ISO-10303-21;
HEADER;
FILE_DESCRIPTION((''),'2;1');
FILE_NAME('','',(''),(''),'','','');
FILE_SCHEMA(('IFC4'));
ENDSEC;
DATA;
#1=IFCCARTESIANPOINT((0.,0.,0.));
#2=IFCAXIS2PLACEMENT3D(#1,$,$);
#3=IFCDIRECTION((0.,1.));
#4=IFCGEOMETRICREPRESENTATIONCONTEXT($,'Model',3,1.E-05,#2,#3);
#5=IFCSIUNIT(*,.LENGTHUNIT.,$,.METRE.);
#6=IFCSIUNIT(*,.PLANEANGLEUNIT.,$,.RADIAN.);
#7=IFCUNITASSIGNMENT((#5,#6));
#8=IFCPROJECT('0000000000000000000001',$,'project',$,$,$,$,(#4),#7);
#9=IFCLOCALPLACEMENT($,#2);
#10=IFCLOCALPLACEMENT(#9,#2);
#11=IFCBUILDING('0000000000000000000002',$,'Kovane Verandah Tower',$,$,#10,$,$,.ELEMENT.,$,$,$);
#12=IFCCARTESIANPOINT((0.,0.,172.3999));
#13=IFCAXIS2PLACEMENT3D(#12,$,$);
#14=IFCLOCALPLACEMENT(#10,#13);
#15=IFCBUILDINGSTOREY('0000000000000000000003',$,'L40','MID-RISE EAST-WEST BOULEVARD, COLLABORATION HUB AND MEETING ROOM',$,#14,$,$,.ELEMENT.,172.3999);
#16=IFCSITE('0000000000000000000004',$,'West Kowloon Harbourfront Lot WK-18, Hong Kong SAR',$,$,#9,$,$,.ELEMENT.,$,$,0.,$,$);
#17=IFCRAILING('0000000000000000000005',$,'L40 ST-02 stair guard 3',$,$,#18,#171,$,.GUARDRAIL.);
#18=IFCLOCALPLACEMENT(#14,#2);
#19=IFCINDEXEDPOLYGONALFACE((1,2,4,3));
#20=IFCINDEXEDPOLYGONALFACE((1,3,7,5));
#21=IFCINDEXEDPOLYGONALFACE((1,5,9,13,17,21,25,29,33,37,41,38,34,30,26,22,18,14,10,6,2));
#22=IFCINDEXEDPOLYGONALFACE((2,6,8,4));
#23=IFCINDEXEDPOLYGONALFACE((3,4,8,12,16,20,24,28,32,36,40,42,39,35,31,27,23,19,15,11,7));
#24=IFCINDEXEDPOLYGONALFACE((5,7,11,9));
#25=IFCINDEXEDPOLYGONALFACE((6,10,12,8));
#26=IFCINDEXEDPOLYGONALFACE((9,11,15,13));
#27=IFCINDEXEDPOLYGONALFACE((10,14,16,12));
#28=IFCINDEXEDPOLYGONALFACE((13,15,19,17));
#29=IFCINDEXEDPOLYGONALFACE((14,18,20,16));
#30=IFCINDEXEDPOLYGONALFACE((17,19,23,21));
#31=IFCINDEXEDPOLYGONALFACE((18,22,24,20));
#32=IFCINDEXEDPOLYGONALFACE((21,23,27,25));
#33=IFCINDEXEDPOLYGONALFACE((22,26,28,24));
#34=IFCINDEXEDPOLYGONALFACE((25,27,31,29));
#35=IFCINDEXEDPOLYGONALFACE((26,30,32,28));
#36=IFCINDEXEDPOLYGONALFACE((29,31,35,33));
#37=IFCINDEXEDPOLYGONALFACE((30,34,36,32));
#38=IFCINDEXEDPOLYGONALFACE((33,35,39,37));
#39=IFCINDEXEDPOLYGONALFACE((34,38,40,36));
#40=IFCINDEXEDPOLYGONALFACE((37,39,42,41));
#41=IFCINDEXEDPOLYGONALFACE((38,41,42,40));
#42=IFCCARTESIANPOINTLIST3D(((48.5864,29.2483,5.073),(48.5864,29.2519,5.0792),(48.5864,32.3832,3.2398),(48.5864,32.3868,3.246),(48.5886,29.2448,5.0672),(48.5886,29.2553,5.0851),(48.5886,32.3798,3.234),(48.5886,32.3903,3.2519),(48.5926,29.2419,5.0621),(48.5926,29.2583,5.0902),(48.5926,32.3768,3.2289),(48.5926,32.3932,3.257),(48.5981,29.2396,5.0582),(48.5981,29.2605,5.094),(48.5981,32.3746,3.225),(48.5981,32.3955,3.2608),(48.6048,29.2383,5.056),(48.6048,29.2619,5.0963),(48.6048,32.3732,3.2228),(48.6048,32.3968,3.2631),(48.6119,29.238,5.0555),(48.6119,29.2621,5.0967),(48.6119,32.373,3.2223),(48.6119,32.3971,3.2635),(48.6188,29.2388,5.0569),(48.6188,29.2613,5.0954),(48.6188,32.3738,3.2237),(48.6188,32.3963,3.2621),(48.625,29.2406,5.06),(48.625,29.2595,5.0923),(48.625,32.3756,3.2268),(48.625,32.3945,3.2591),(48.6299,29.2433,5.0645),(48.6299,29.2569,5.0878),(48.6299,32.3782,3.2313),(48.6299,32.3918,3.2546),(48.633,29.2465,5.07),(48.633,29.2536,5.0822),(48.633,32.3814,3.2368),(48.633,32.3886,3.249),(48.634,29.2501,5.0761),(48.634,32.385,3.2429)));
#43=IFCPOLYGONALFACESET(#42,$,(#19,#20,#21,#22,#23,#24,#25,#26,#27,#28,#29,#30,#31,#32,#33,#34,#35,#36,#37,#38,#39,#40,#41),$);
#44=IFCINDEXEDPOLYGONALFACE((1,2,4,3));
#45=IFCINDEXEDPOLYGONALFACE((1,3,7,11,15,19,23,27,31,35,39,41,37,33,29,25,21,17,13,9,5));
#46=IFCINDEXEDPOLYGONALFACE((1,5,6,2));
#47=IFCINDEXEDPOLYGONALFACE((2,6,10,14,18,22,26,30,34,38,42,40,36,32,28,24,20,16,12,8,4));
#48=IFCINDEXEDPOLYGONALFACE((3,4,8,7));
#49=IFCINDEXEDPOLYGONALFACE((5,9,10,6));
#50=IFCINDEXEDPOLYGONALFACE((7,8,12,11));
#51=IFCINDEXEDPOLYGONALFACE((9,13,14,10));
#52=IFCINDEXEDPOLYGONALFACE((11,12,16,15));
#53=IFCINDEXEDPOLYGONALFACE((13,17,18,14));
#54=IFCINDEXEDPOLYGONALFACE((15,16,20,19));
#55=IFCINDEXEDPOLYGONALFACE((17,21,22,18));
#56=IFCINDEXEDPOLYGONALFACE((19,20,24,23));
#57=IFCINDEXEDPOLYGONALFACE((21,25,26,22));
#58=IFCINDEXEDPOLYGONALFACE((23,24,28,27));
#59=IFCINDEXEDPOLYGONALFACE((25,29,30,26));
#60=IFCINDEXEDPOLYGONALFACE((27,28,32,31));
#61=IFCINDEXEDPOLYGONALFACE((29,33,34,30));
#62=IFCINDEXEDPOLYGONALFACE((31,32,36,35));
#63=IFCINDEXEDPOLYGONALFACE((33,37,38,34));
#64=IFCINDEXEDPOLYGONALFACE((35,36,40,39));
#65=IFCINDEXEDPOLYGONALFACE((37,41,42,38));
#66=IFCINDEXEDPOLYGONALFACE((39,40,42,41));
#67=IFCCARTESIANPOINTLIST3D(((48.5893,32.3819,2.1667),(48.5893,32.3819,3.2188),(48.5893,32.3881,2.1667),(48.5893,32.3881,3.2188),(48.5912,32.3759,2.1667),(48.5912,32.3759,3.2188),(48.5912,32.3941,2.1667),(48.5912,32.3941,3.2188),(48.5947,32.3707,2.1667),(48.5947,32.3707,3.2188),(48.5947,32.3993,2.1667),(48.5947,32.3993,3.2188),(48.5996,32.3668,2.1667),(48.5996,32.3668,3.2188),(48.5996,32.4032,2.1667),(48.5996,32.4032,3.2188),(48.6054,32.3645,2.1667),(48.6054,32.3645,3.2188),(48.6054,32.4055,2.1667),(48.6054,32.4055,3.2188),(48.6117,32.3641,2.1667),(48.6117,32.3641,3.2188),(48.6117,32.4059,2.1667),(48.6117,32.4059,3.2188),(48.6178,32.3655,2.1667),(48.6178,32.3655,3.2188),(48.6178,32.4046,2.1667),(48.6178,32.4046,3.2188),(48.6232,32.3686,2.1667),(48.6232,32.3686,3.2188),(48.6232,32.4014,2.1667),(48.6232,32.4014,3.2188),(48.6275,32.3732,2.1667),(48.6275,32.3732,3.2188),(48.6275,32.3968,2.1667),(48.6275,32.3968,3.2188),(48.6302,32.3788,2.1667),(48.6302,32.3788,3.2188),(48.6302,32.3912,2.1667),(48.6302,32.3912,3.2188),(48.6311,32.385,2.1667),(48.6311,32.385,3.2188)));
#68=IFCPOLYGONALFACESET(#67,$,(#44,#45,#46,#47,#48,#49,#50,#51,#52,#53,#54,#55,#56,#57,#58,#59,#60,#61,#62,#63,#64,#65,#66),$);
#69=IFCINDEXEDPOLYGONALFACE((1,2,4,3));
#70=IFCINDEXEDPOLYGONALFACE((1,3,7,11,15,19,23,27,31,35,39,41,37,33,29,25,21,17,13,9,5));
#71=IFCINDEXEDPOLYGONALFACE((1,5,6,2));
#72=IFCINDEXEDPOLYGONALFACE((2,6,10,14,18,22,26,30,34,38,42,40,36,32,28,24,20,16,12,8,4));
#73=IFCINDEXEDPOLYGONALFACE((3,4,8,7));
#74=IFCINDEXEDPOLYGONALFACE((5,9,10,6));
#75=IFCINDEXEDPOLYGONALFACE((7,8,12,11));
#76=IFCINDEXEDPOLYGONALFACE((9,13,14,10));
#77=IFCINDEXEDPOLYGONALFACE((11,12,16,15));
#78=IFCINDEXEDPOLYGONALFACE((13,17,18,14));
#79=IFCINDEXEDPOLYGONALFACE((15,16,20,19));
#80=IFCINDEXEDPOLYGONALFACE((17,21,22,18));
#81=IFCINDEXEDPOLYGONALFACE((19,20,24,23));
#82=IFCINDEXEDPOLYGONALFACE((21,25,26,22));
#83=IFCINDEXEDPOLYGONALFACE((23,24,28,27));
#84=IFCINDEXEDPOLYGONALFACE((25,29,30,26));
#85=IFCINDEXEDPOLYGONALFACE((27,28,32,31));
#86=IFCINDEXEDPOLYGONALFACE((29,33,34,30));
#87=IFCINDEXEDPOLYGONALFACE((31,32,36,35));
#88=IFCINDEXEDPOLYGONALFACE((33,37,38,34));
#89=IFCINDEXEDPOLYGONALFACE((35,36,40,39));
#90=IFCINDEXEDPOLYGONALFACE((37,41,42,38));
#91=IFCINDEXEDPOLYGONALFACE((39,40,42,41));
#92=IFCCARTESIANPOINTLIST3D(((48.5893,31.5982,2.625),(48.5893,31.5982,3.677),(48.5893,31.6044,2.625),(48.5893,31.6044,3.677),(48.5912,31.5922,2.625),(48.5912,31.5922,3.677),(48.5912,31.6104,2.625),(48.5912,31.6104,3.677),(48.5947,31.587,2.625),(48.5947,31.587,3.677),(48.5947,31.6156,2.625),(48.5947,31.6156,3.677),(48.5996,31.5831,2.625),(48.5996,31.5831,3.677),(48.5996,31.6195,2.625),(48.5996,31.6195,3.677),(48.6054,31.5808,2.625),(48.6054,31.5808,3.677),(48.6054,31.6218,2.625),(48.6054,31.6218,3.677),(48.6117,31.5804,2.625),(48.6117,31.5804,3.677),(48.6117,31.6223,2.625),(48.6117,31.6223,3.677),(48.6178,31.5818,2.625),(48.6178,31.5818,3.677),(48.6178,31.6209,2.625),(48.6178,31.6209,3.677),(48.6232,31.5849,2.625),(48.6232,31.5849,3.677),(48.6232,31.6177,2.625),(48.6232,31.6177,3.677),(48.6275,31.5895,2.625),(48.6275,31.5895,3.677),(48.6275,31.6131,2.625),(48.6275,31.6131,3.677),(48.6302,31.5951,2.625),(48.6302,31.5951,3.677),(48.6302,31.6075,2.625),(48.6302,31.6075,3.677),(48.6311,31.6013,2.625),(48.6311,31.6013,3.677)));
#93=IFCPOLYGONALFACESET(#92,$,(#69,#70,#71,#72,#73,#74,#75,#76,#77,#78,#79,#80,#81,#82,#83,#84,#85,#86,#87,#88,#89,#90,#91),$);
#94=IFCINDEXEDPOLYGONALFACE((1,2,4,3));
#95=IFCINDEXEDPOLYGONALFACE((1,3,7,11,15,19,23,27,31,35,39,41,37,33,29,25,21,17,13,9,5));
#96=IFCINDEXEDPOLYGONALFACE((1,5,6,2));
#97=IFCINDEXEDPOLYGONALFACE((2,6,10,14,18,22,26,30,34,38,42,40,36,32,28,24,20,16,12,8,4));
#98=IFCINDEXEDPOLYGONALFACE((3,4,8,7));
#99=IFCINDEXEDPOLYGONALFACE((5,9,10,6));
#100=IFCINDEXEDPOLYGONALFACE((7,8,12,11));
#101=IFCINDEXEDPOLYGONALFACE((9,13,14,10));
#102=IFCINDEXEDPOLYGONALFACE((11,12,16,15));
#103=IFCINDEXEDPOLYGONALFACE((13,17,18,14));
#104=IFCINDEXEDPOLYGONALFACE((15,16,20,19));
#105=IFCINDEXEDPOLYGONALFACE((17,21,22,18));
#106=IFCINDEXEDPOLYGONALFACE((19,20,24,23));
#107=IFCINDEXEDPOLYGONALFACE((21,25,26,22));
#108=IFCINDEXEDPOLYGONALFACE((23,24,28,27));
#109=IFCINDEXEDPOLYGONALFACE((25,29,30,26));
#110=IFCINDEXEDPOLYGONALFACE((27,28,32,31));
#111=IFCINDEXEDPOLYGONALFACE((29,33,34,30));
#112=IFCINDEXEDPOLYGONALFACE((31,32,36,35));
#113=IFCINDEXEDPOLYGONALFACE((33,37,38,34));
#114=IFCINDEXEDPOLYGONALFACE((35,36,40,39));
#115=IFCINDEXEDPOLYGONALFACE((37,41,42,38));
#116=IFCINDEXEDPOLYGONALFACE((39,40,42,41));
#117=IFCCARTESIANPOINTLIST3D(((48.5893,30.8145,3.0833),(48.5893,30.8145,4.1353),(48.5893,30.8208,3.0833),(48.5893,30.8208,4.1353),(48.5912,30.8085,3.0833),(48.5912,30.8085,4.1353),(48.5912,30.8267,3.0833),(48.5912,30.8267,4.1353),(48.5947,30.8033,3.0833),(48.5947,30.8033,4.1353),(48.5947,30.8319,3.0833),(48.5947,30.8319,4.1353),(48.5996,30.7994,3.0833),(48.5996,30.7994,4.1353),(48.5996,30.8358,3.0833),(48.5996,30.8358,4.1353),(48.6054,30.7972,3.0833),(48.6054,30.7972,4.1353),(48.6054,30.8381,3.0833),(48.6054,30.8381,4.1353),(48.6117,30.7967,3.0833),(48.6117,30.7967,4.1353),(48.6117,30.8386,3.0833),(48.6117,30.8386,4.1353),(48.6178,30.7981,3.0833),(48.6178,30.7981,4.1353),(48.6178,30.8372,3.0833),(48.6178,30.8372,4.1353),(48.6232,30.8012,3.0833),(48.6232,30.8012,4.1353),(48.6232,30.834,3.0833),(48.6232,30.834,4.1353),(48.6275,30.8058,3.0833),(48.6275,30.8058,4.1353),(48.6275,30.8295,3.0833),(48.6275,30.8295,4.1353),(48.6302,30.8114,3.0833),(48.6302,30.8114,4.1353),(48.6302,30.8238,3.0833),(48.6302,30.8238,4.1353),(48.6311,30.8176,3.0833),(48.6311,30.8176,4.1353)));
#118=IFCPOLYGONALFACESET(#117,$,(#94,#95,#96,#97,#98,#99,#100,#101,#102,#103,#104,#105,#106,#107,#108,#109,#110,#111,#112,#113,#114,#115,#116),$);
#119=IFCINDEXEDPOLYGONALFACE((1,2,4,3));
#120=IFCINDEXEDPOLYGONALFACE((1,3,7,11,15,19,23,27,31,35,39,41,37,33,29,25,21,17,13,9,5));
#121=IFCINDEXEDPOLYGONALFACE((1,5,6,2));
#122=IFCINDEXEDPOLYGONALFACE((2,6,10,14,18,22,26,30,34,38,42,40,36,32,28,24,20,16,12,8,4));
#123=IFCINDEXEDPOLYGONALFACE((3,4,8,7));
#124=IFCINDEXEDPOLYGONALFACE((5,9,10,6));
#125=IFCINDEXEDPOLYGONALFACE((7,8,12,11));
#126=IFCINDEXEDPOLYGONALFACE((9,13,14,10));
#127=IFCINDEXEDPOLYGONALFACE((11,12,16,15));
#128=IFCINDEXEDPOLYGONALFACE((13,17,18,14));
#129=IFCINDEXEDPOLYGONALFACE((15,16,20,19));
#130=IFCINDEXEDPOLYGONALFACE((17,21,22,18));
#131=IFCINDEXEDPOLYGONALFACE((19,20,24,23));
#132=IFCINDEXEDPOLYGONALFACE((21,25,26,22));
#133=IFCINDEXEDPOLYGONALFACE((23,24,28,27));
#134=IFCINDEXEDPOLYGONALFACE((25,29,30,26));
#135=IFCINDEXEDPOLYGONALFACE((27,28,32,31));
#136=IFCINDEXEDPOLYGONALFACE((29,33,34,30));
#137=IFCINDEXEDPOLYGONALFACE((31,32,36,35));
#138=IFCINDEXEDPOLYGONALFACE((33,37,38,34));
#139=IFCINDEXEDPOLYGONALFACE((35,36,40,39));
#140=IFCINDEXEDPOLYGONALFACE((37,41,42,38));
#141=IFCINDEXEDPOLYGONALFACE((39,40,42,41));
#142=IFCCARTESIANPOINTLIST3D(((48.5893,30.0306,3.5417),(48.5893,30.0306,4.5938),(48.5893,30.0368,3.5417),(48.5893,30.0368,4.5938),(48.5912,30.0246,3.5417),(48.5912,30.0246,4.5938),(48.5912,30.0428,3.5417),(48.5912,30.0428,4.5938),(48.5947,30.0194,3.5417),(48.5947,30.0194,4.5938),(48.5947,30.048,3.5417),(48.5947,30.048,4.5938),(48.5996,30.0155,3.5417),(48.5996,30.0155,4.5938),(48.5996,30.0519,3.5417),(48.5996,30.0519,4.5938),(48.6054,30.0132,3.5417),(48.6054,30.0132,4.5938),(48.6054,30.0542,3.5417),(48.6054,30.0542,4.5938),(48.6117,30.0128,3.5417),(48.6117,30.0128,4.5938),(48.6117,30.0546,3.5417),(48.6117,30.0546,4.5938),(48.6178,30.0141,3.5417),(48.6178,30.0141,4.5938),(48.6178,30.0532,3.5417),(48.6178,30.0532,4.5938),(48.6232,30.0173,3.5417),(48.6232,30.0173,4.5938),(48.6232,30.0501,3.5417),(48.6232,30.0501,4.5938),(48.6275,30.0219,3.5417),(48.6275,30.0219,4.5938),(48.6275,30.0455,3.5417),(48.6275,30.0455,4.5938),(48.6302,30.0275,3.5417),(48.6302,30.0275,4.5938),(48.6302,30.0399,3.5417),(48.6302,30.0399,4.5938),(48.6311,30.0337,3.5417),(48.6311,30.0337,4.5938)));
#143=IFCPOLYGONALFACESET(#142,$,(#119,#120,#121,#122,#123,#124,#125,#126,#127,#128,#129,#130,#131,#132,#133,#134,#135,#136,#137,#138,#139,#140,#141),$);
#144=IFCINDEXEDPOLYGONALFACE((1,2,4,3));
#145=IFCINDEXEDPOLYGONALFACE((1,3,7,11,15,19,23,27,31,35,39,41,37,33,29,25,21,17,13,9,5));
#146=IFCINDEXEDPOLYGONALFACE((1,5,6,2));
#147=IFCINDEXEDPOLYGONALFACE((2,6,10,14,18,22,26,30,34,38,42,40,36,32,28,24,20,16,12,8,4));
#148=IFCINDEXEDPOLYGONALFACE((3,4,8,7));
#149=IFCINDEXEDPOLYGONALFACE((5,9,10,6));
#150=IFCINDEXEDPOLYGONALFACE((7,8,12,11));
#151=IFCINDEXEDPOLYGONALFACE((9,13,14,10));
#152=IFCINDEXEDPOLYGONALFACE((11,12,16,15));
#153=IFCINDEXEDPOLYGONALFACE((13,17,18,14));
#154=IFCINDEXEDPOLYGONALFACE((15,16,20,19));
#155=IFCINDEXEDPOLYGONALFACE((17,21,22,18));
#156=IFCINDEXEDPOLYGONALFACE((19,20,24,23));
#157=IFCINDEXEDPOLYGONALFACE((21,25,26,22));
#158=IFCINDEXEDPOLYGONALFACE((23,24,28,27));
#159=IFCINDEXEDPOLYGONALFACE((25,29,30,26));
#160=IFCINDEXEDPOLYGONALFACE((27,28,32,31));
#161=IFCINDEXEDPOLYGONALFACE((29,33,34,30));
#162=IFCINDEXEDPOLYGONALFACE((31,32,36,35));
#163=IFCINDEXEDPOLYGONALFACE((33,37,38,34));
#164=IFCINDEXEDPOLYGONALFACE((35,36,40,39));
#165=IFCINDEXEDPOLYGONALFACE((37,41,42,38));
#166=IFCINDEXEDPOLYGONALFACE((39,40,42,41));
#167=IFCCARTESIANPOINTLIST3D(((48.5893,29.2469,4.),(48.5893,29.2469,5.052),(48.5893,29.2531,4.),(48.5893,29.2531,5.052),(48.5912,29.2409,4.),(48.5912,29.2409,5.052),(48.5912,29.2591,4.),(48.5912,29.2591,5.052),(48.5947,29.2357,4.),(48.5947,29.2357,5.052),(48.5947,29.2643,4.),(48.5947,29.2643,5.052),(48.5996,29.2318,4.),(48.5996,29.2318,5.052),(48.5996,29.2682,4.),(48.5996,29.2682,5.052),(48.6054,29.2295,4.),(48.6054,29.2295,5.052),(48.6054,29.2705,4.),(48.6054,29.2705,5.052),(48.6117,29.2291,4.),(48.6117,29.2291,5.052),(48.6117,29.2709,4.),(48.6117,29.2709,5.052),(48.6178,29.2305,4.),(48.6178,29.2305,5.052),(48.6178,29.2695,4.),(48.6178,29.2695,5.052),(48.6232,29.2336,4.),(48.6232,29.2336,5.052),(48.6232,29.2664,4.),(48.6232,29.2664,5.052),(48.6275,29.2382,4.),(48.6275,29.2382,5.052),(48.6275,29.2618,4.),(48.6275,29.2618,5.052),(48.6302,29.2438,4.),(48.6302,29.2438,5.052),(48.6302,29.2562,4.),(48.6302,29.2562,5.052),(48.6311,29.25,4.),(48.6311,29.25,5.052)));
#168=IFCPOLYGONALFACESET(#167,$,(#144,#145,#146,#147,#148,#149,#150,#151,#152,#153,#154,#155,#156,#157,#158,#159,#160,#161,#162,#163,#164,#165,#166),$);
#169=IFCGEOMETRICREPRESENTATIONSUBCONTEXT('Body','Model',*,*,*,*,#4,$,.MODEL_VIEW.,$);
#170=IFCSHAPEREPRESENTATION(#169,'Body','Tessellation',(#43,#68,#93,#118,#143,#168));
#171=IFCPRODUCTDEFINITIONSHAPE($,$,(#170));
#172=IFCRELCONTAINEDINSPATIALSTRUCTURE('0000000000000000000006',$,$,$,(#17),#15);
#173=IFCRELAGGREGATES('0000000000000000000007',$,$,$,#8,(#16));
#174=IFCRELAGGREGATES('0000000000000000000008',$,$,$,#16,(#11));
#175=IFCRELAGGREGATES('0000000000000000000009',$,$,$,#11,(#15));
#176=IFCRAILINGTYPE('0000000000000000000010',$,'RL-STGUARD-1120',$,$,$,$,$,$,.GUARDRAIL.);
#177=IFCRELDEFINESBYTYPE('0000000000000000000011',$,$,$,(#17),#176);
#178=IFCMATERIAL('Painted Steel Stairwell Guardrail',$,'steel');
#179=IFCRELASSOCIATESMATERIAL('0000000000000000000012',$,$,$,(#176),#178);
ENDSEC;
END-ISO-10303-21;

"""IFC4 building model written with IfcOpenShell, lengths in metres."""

from ifc_helpers import new_model, si_unit, direction, frame, origin, origin_2d, place, context, subcontext, project, spatial, circle, extrude, material, type_object, element, save


model = new_model("IFC4")

# Units and contexts
model_context = context("Model", 3, precision=1e-05, world=origin(), true_north=direction((0.0, 1.0)))
body_context = subcontext(model_context, "Body", "Model", "MODEL_VIEW")
ifc_project = project(units=[si_unit("LENGTHUNIT", "METRE"), si_unit("PLANEANGLEUNIT", "RADIAN")], contexts=[model_context])

# Site, building, storey
site_placement = place(None, origin())
site = spatial("IfcSite", under=ifc_project, at=site_placement, Name="West Kowloon Harbourfront Lot WK-18, Hong Kong SAR", CompositionType="ELEMENT", RefElevation=0.0)
building_placement = place(site_placement, origin())
building = spatial("IfcBuilding", under=site, at=building_placement, Name="Kovane Verandah Tower", CompositionType="ELEMENT")
storey_placement = place(building_placement, frame((0.0, 0.0, 172.3999)))
storey = spatial("IfcBuildingStorey", under=building, at=storey_placement, Name="L40", Description="MID-RISE EAST-WEST BOULEVARD, COLLABORATION HUB AND MEETING ROOM", CompositionType="ELEMENT", Elevation=172.3999)

# Railing
ifc_material_1 = material(Name="Painted Steel Stairwell Guardrail", Category="steel")
railing_type_1 = type_object("IfcRailingType", Name="RL-STGUARD-1120", PredefinedType="GUARDRAIL", material=ifc_material_1)
railing_1_placement = place(storey_placement, frame((48.6101, 32.385, 2.1667)))
element("IfcRailing", 1, at=railing_1_placement, inside=storey, type_object=railing_type_1, Name="L40 ST-02 stair guard 3", PredefinedType="GUARDRAIL", context=body_context, shape_type="SweptSolid", body=[
    extrude(circle(Radius=0.0239, at=origin_2d()), frame((0.0, 0.0, 1.0762), z_axis=(0.0, -0.86324, 0.504794), x_axis=(1.0, 0.0, 0.0)), (0.0, 0.0, 1.0), 3.6316),
    extrude(circle(Radius=0.021, at=origin_2d()), origin(), (0.0, 0.0, 1.0), 1.052),
    extrude(circle(Radius=0.021, at=origin_2d()), frame((0.0, -0.7837, 0.4583)), (0.0, 0.0, 1.0), 1.052),
    extrude(circle(Radius=0.021, at=origin_2d()), frame((0.0, -1.5674, 0.9165)), (0.0, 0.0, 1.0), 1.052),
    extrude(circle(Radius=0.021, at=origin_2d()), frame((0.0, -2.3513, 1.375)), (0.0, 0.0, 1.0), 1.052),
    extrude(circle(Radius=0.021, at=origin_2d()), frame((0.0, -3.135, 1.8333)), (0.0, 0.0, 1.0), 1.052),
])

save(model, "model.ifc")
